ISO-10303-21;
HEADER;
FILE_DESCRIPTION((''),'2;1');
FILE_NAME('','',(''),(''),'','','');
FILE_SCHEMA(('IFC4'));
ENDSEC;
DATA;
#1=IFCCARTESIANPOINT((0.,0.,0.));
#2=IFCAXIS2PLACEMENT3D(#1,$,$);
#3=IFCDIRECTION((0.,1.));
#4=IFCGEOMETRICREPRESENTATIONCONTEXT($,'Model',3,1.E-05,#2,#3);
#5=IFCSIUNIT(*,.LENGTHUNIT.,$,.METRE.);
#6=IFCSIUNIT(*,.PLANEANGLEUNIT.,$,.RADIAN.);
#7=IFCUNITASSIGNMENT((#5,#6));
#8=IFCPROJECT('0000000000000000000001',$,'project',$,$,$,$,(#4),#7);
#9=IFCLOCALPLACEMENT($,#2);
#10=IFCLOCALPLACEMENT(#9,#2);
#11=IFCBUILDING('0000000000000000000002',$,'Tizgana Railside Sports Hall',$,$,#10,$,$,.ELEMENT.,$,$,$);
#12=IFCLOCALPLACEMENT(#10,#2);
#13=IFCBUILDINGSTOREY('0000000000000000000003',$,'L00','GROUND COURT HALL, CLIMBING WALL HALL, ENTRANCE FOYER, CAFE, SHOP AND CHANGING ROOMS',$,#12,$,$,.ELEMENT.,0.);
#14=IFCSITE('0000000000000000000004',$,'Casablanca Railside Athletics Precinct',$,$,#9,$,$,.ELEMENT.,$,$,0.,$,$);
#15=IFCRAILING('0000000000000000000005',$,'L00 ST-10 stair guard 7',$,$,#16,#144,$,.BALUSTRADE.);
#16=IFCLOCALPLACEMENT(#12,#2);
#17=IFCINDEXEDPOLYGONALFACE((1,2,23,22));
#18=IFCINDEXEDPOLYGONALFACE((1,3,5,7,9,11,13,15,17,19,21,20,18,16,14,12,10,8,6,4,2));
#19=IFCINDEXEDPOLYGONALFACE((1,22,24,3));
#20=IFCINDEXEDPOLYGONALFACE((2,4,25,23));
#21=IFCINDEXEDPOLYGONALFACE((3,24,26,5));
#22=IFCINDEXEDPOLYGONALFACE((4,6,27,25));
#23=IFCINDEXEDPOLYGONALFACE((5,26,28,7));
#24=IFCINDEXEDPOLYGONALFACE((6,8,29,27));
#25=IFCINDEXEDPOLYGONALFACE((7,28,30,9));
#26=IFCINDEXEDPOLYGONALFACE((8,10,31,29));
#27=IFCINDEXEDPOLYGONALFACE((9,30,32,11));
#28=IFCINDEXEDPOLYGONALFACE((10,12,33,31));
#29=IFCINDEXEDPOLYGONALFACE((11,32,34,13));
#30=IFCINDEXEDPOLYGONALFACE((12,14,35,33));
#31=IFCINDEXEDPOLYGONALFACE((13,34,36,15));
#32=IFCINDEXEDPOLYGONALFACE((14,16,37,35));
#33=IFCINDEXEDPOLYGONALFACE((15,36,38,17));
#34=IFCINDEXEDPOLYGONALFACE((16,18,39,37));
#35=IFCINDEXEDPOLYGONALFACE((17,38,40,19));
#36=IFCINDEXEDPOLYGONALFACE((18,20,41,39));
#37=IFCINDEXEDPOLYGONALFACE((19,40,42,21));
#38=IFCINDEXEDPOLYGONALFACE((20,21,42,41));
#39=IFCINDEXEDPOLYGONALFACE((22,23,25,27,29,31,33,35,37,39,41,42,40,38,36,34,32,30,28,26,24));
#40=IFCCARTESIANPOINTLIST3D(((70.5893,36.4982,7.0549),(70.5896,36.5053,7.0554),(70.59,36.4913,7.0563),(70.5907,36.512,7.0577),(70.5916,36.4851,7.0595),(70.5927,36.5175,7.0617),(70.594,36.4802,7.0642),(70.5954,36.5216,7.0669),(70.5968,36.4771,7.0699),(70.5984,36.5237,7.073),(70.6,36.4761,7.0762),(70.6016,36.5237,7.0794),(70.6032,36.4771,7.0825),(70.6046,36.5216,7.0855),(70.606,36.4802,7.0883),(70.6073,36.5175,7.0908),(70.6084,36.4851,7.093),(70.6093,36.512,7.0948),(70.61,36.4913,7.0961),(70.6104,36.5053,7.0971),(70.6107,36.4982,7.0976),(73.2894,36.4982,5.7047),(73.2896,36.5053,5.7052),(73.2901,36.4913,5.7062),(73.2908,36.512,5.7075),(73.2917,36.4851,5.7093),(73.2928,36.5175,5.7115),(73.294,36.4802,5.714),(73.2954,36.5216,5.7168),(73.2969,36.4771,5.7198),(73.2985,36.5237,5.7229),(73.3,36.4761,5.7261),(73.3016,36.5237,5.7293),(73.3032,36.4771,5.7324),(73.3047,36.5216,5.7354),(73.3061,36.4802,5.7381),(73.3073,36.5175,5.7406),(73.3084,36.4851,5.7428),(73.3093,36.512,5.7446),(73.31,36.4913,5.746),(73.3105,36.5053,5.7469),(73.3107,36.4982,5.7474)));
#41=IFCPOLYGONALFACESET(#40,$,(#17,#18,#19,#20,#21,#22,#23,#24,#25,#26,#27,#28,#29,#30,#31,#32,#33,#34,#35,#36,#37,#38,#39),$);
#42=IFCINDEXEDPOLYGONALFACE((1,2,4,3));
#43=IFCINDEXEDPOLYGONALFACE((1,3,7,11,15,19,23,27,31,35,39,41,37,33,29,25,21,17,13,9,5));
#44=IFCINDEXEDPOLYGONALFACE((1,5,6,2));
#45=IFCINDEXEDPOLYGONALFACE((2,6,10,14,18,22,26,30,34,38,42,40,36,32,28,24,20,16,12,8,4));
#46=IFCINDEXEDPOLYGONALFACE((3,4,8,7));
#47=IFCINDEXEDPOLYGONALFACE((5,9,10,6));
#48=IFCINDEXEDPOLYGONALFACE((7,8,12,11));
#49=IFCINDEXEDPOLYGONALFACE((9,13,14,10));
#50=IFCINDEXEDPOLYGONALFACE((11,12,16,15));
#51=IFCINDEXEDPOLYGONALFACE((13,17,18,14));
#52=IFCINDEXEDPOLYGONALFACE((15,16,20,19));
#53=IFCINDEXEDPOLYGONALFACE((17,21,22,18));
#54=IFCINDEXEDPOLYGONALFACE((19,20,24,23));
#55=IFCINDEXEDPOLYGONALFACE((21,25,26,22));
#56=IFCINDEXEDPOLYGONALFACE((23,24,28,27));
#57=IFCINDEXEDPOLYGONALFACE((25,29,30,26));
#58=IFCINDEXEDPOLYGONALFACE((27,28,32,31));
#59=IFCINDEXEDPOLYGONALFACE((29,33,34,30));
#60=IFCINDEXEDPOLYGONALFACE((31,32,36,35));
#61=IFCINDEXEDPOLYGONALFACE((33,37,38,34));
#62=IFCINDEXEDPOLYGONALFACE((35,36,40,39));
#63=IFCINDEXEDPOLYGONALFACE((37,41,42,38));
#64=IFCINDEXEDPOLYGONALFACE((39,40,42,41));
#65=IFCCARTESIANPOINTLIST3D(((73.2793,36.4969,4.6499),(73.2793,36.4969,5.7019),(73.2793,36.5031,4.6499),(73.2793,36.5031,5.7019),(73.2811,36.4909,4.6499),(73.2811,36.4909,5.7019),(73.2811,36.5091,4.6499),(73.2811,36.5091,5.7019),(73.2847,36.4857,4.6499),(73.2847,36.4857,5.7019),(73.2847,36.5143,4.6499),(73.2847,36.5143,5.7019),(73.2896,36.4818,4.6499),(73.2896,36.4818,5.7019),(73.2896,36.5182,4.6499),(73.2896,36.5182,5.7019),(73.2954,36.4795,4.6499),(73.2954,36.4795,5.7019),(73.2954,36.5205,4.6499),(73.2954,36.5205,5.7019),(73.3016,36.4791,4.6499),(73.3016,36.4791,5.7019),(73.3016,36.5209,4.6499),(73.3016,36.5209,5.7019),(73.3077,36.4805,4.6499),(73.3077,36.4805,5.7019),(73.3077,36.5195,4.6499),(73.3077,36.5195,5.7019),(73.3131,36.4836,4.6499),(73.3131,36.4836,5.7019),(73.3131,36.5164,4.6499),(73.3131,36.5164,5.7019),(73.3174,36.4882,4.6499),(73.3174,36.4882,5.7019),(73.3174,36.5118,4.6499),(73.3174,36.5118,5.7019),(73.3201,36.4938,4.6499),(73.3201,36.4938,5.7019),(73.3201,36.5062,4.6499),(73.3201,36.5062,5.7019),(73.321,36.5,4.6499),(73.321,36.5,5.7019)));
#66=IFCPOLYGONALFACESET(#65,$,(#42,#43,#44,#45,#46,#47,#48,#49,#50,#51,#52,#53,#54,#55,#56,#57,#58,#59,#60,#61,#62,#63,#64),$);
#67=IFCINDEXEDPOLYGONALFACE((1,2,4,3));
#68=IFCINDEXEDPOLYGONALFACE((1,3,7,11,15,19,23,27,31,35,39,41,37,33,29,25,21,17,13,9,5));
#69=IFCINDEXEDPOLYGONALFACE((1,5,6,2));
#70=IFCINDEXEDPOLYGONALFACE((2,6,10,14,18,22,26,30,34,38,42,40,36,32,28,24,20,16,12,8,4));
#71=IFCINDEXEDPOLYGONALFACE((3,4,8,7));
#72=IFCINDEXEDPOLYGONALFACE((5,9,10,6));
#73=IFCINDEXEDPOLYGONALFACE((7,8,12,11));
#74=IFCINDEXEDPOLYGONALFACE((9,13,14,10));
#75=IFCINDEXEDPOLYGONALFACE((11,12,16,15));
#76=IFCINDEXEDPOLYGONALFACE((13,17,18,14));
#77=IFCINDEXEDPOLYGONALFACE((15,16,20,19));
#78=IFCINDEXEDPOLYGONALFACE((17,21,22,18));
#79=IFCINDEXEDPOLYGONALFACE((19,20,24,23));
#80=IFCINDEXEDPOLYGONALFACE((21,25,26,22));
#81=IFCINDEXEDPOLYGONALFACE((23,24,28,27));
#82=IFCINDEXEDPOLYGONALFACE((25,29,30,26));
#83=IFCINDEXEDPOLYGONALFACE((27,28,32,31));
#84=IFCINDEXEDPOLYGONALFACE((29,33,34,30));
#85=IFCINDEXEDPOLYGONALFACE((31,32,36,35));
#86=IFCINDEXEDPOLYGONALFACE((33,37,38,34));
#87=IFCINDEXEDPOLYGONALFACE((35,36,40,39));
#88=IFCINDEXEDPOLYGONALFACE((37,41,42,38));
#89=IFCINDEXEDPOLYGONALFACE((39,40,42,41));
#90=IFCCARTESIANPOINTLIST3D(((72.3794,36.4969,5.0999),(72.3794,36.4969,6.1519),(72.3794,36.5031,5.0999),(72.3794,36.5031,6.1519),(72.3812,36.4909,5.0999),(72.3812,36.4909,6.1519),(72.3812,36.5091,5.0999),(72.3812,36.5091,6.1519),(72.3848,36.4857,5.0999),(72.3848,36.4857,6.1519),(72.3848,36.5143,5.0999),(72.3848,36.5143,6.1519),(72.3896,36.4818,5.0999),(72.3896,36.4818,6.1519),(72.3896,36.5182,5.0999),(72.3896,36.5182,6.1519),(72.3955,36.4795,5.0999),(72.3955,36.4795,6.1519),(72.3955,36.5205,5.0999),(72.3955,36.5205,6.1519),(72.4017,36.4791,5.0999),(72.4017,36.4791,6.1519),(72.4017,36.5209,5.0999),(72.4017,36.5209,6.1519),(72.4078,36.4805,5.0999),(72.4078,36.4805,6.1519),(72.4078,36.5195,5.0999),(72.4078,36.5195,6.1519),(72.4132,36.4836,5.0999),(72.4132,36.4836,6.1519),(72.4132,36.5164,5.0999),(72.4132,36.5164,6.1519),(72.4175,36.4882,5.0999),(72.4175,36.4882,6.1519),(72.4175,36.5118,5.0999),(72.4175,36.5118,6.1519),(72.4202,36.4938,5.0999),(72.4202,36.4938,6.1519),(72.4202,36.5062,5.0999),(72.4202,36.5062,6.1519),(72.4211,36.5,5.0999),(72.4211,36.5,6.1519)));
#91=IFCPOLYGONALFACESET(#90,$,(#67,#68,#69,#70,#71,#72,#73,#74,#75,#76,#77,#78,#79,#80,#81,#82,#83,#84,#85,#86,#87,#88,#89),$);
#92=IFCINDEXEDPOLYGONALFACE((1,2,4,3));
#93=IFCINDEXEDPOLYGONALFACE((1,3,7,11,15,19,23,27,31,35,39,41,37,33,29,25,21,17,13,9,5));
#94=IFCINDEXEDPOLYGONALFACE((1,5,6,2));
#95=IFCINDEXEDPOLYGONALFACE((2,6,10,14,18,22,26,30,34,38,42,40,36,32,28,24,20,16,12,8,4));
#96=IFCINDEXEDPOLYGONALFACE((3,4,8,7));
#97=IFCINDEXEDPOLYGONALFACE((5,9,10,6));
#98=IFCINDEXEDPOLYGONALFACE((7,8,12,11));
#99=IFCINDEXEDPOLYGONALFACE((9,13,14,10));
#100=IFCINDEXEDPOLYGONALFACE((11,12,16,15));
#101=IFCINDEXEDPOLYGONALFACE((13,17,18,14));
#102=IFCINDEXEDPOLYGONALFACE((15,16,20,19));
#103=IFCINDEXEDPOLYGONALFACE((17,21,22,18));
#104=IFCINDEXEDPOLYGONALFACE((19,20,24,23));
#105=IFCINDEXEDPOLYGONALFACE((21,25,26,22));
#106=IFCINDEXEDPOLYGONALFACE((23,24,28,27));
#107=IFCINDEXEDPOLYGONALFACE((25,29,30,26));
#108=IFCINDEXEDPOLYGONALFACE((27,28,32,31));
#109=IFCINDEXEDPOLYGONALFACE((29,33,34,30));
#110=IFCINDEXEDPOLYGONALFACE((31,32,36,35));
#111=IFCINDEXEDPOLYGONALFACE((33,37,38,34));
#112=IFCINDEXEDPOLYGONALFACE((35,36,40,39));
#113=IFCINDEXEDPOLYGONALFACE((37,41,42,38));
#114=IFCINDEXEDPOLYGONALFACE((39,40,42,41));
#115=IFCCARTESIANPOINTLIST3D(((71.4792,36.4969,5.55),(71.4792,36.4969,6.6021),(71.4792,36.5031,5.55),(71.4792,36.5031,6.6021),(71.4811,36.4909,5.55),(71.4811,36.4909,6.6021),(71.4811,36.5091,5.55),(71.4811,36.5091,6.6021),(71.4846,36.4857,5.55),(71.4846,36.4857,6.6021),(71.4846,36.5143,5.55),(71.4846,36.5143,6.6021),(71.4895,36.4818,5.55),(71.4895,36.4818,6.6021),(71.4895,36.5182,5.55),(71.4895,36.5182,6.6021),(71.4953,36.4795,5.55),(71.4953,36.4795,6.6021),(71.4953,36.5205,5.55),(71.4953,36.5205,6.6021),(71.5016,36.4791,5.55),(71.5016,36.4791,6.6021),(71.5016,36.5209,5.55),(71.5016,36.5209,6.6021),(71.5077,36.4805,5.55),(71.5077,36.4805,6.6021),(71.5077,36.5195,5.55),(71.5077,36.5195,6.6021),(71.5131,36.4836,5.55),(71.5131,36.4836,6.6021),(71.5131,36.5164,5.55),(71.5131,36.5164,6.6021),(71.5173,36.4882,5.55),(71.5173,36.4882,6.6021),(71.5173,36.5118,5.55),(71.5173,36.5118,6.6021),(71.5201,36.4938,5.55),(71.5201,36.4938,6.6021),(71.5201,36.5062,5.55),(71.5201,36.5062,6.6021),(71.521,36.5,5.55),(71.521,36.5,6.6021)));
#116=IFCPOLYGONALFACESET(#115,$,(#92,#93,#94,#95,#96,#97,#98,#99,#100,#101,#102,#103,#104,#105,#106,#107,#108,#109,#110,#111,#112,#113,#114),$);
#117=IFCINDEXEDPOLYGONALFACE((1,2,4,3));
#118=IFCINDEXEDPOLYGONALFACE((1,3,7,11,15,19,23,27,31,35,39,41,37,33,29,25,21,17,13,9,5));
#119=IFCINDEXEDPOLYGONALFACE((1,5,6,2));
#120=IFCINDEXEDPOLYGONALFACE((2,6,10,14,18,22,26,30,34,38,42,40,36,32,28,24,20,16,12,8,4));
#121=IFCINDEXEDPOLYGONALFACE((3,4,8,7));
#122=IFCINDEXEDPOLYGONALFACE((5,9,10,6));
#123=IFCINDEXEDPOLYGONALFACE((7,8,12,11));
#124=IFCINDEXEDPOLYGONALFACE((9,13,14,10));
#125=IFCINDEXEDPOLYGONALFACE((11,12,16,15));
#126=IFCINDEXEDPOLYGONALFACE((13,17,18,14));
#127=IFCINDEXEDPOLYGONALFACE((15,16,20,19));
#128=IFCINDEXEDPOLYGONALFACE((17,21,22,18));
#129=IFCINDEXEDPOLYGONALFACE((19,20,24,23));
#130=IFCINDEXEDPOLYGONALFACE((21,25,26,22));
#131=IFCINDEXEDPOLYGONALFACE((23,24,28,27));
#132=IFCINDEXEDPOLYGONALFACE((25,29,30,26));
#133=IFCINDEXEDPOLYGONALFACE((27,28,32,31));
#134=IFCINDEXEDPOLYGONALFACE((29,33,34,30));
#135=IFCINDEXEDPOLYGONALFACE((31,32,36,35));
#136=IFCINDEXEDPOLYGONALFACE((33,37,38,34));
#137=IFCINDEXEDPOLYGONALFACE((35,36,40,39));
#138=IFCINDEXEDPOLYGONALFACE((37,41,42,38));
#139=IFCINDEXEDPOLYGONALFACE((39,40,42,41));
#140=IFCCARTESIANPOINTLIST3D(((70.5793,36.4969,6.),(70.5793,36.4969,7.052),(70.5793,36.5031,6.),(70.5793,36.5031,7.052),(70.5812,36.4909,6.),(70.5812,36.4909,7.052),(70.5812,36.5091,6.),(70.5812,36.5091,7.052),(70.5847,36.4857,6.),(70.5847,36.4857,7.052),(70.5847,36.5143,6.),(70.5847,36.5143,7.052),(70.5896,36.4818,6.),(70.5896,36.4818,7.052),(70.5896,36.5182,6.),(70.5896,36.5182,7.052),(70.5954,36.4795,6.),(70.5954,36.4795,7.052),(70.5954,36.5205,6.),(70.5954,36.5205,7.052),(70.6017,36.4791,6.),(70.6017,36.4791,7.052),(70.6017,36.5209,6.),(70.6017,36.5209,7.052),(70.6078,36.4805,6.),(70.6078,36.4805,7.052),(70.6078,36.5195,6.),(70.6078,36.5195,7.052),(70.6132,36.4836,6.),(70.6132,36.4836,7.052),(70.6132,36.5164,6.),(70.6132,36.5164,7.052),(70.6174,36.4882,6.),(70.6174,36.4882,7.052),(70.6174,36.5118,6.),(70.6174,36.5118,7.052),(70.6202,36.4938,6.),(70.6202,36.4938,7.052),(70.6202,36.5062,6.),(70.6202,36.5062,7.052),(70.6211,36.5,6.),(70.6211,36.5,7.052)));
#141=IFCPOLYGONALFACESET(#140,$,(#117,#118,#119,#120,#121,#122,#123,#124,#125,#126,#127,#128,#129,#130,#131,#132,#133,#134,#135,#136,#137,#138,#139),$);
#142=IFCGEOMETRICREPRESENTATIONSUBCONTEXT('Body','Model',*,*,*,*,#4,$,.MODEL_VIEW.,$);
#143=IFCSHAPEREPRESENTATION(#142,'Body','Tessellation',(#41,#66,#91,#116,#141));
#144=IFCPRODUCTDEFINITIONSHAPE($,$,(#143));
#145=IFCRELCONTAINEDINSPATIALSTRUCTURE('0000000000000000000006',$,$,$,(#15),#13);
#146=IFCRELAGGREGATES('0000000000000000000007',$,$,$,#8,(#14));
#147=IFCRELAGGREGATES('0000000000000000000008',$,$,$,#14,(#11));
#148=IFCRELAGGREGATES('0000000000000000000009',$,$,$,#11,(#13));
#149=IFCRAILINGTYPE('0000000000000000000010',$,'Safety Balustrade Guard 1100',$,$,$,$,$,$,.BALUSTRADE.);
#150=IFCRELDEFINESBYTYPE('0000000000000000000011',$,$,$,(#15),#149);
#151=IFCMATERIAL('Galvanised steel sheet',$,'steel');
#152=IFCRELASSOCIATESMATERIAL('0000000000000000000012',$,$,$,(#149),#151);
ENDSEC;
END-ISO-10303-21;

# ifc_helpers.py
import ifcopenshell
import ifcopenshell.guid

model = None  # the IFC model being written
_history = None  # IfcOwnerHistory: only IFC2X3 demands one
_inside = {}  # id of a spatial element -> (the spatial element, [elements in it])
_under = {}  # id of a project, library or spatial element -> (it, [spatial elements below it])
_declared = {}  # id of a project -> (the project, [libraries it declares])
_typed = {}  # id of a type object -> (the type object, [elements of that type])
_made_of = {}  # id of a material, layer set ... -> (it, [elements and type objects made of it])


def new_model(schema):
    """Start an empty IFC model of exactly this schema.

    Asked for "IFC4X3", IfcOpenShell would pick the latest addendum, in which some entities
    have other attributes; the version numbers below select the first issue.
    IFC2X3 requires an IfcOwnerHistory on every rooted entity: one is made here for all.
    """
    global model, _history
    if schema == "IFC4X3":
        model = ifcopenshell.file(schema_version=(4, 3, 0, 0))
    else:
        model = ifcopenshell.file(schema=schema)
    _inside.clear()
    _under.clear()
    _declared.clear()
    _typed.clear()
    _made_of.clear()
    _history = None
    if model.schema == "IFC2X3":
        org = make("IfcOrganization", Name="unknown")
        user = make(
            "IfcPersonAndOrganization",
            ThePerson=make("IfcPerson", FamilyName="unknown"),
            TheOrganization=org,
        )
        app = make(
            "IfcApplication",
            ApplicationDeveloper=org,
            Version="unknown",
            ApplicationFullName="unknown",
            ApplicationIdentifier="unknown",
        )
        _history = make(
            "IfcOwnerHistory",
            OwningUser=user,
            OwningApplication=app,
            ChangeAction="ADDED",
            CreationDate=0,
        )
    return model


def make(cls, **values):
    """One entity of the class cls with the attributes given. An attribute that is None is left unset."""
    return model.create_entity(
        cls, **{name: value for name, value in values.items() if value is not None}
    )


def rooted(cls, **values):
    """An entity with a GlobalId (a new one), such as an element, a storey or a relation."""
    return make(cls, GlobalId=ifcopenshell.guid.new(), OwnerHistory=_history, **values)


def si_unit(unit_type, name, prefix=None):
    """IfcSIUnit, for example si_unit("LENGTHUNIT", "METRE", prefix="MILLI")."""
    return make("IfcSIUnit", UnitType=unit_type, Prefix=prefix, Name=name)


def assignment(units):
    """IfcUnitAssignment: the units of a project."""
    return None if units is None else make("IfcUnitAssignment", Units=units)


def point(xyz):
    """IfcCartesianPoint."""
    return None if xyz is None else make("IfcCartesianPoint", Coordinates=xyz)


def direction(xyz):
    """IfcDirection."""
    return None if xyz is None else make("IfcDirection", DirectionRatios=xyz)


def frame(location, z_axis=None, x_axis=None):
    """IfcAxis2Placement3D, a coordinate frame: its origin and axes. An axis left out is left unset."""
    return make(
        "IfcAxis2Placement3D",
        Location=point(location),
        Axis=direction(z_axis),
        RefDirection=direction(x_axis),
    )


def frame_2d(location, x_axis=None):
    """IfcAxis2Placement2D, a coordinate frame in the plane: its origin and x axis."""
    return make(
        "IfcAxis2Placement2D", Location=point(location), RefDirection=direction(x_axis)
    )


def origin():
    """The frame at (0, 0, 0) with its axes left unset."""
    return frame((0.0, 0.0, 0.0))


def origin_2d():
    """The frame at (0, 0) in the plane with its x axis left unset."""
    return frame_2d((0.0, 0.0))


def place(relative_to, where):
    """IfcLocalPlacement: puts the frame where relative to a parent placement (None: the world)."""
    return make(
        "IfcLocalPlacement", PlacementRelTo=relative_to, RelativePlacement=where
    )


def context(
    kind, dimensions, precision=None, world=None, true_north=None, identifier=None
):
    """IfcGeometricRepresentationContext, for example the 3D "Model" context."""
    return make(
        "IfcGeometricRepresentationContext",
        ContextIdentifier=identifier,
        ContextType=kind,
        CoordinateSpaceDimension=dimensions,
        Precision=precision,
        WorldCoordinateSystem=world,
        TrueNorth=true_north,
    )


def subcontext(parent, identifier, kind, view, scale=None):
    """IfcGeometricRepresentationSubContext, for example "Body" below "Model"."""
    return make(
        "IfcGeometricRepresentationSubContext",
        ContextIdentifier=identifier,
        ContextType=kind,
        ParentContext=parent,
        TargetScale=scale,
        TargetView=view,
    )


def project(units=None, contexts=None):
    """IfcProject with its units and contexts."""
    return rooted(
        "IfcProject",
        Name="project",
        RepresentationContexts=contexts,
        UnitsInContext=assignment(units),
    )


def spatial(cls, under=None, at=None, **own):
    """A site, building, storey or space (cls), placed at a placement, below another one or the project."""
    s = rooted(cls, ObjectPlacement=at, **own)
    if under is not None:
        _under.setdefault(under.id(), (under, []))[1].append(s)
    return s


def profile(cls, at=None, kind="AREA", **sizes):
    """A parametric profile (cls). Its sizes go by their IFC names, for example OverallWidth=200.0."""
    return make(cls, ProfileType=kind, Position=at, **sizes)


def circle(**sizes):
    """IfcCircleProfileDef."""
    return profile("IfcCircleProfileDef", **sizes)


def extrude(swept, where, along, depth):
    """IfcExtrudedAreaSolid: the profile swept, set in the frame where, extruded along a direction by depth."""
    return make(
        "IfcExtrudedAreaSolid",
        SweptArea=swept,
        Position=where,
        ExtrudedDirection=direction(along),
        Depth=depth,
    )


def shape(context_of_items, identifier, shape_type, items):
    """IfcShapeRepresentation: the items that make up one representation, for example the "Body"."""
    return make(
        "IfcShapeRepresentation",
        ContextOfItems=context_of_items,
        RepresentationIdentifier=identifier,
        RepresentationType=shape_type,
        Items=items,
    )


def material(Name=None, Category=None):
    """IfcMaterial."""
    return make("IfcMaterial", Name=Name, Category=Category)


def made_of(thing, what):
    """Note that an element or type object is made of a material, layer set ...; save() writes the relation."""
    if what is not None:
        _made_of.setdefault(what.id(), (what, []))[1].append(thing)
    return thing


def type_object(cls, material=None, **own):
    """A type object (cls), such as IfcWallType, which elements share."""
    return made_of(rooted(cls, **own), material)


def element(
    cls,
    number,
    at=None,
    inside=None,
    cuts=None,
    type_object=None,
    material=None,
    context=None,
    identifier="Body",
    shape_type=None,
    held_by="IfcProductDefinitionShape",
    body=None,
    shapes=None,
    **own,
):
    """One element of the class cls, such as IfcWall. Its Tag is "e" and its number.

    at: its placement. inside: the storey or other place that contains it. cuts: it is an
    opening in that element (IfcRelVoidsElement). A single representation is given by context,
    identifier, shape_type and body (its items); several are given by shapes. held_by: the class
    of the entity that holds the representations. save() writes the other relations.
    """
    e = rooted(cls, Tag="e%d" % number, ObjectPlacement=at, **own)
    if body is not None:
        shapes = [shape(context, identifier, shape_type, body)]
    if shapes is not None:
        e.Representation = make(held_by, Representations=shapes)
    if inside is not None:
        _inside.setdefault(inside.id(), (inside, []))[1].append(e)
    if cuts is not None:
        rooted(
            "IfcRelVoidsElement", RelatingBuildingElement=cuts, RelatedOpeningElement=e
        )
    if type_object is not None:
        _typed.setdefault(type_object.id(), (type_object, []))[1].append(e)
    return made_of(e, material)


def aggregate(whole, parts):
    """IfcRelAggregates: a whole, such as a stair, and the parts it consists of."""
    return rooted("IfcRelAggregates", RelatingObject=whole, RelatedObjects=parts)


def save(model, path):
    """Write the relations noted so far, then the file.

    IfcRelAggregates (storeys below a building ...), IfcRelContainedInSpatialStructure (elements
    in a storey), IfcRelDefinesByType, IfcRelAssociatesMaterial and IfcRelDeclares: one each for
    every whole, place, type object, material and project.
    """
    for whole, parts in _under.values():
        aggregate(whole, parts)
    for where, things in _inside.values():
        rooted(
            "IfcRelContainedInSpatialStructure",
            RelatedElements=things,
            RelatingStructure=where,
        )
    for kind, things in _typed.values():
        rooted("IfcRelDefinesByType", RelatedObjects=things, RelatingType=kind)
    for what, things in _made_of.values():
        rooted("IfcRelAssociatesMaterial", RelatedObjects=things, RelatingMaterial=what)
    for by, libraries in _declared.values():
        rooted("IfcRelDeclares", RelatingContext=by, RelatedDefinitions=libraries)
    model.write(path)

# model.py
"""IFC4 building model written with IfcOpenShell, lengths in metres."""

from ifc_helpers import new_model, si_unit, direction, frame, origin, origin_2d, place, context, subcontext, project, spatial, circle, extrude, material, type_object, element, save


model = new_model("IFC4")

# Units and contexts
model_context = context("Model", 3, precision=1e-05, world=origin(), true_north=direction((0.0, 1.0)))
body_context = subcontext(model_context, "Body", "Model", "MODEL_VIEW")
ifc_project = project(units=[si_unit("LENGTHUNIT", "METRE"), si_unit("PLANEANGLEUNIT", "RADIAN")], contexts=[model_context])

# Site, building, storey
site_placement = place(None, origin())
site = spatial("IfcSite", under=ifc_project, at=site_placement, Name="Casablanca Railside Athletics Precinct", CompositionType="ELEMENT", RefElevation=0.0)
building_placement = place(site_placement, origin())
building = spatial("IfcBuilding", under=site, at=building_placement, Name="Tizgana Railside Sports Hall", CompositionType="ELEMENT")
storey_placement = place(building_placement, origin())
storey = spatial("IfcBuildingStorey", under=building, at=storey_placement, Name="L00", Description="GROUND COURT HALL, CLIMBING WALL HALL, ENTRANCE FOYER, CAFE, SHOP AND CHANGING ROOMS", CompositionType="ELEMENT", Elevation=0.0)

# Railing
ifc_material_1 = material(Name="Galvanised steel sheet", Category="steel")
railing_type_1 = type_object("IfcRailingType", Name="Safety Balustrade Guard 1100", PredefinedType="BALUSTRADE", material=ifc_material_1)
railing_1_placement = place(storey_placement, frame((73.3, 36.5, 4.6499)))
element("IfcRailing", 1, at=railing_1_placement, inside=storey, type_object=railing_type_1, Name="L00 ST-10 stair guard 7", PredefinedType="BALUSTRADE", context=body_context, shape_type="SweptSolid", body=[
    extrude(circle(Radius=0.0239, at=origin_2d()), frame((0.0, 0.0, 1.0762), z_axis=(-0.894411, 0.0, 0.447246), x_axis=(0.0, -1.0, 0.0)), (0.0, 0.0, 1.0), 3.0188),
    extrude(circle(Radius=0.021, at=origin_2d()), origin(), (0.0, 0.0, 1.0), 1.052),
    extrude(circle(Radius=0.021, at=origin_2d()), frame((-0.8999, 0.0, 0.45)), (0.0, 0.0, 1.0), 1.052),
    extrude(circle(Radius=0.021, at=origin_2d()), frame((-1.8, 0.0, 0.9001)), (0.0, 0.0, 1.0), 1.052),
    extrude(circle(Radius=0.021, at=origin_2d()), frame((-2.7, 0.0, 1.3501)), (0.0, 0.0, 1.0), 1.052),
])

save(model, "model.ifc")
